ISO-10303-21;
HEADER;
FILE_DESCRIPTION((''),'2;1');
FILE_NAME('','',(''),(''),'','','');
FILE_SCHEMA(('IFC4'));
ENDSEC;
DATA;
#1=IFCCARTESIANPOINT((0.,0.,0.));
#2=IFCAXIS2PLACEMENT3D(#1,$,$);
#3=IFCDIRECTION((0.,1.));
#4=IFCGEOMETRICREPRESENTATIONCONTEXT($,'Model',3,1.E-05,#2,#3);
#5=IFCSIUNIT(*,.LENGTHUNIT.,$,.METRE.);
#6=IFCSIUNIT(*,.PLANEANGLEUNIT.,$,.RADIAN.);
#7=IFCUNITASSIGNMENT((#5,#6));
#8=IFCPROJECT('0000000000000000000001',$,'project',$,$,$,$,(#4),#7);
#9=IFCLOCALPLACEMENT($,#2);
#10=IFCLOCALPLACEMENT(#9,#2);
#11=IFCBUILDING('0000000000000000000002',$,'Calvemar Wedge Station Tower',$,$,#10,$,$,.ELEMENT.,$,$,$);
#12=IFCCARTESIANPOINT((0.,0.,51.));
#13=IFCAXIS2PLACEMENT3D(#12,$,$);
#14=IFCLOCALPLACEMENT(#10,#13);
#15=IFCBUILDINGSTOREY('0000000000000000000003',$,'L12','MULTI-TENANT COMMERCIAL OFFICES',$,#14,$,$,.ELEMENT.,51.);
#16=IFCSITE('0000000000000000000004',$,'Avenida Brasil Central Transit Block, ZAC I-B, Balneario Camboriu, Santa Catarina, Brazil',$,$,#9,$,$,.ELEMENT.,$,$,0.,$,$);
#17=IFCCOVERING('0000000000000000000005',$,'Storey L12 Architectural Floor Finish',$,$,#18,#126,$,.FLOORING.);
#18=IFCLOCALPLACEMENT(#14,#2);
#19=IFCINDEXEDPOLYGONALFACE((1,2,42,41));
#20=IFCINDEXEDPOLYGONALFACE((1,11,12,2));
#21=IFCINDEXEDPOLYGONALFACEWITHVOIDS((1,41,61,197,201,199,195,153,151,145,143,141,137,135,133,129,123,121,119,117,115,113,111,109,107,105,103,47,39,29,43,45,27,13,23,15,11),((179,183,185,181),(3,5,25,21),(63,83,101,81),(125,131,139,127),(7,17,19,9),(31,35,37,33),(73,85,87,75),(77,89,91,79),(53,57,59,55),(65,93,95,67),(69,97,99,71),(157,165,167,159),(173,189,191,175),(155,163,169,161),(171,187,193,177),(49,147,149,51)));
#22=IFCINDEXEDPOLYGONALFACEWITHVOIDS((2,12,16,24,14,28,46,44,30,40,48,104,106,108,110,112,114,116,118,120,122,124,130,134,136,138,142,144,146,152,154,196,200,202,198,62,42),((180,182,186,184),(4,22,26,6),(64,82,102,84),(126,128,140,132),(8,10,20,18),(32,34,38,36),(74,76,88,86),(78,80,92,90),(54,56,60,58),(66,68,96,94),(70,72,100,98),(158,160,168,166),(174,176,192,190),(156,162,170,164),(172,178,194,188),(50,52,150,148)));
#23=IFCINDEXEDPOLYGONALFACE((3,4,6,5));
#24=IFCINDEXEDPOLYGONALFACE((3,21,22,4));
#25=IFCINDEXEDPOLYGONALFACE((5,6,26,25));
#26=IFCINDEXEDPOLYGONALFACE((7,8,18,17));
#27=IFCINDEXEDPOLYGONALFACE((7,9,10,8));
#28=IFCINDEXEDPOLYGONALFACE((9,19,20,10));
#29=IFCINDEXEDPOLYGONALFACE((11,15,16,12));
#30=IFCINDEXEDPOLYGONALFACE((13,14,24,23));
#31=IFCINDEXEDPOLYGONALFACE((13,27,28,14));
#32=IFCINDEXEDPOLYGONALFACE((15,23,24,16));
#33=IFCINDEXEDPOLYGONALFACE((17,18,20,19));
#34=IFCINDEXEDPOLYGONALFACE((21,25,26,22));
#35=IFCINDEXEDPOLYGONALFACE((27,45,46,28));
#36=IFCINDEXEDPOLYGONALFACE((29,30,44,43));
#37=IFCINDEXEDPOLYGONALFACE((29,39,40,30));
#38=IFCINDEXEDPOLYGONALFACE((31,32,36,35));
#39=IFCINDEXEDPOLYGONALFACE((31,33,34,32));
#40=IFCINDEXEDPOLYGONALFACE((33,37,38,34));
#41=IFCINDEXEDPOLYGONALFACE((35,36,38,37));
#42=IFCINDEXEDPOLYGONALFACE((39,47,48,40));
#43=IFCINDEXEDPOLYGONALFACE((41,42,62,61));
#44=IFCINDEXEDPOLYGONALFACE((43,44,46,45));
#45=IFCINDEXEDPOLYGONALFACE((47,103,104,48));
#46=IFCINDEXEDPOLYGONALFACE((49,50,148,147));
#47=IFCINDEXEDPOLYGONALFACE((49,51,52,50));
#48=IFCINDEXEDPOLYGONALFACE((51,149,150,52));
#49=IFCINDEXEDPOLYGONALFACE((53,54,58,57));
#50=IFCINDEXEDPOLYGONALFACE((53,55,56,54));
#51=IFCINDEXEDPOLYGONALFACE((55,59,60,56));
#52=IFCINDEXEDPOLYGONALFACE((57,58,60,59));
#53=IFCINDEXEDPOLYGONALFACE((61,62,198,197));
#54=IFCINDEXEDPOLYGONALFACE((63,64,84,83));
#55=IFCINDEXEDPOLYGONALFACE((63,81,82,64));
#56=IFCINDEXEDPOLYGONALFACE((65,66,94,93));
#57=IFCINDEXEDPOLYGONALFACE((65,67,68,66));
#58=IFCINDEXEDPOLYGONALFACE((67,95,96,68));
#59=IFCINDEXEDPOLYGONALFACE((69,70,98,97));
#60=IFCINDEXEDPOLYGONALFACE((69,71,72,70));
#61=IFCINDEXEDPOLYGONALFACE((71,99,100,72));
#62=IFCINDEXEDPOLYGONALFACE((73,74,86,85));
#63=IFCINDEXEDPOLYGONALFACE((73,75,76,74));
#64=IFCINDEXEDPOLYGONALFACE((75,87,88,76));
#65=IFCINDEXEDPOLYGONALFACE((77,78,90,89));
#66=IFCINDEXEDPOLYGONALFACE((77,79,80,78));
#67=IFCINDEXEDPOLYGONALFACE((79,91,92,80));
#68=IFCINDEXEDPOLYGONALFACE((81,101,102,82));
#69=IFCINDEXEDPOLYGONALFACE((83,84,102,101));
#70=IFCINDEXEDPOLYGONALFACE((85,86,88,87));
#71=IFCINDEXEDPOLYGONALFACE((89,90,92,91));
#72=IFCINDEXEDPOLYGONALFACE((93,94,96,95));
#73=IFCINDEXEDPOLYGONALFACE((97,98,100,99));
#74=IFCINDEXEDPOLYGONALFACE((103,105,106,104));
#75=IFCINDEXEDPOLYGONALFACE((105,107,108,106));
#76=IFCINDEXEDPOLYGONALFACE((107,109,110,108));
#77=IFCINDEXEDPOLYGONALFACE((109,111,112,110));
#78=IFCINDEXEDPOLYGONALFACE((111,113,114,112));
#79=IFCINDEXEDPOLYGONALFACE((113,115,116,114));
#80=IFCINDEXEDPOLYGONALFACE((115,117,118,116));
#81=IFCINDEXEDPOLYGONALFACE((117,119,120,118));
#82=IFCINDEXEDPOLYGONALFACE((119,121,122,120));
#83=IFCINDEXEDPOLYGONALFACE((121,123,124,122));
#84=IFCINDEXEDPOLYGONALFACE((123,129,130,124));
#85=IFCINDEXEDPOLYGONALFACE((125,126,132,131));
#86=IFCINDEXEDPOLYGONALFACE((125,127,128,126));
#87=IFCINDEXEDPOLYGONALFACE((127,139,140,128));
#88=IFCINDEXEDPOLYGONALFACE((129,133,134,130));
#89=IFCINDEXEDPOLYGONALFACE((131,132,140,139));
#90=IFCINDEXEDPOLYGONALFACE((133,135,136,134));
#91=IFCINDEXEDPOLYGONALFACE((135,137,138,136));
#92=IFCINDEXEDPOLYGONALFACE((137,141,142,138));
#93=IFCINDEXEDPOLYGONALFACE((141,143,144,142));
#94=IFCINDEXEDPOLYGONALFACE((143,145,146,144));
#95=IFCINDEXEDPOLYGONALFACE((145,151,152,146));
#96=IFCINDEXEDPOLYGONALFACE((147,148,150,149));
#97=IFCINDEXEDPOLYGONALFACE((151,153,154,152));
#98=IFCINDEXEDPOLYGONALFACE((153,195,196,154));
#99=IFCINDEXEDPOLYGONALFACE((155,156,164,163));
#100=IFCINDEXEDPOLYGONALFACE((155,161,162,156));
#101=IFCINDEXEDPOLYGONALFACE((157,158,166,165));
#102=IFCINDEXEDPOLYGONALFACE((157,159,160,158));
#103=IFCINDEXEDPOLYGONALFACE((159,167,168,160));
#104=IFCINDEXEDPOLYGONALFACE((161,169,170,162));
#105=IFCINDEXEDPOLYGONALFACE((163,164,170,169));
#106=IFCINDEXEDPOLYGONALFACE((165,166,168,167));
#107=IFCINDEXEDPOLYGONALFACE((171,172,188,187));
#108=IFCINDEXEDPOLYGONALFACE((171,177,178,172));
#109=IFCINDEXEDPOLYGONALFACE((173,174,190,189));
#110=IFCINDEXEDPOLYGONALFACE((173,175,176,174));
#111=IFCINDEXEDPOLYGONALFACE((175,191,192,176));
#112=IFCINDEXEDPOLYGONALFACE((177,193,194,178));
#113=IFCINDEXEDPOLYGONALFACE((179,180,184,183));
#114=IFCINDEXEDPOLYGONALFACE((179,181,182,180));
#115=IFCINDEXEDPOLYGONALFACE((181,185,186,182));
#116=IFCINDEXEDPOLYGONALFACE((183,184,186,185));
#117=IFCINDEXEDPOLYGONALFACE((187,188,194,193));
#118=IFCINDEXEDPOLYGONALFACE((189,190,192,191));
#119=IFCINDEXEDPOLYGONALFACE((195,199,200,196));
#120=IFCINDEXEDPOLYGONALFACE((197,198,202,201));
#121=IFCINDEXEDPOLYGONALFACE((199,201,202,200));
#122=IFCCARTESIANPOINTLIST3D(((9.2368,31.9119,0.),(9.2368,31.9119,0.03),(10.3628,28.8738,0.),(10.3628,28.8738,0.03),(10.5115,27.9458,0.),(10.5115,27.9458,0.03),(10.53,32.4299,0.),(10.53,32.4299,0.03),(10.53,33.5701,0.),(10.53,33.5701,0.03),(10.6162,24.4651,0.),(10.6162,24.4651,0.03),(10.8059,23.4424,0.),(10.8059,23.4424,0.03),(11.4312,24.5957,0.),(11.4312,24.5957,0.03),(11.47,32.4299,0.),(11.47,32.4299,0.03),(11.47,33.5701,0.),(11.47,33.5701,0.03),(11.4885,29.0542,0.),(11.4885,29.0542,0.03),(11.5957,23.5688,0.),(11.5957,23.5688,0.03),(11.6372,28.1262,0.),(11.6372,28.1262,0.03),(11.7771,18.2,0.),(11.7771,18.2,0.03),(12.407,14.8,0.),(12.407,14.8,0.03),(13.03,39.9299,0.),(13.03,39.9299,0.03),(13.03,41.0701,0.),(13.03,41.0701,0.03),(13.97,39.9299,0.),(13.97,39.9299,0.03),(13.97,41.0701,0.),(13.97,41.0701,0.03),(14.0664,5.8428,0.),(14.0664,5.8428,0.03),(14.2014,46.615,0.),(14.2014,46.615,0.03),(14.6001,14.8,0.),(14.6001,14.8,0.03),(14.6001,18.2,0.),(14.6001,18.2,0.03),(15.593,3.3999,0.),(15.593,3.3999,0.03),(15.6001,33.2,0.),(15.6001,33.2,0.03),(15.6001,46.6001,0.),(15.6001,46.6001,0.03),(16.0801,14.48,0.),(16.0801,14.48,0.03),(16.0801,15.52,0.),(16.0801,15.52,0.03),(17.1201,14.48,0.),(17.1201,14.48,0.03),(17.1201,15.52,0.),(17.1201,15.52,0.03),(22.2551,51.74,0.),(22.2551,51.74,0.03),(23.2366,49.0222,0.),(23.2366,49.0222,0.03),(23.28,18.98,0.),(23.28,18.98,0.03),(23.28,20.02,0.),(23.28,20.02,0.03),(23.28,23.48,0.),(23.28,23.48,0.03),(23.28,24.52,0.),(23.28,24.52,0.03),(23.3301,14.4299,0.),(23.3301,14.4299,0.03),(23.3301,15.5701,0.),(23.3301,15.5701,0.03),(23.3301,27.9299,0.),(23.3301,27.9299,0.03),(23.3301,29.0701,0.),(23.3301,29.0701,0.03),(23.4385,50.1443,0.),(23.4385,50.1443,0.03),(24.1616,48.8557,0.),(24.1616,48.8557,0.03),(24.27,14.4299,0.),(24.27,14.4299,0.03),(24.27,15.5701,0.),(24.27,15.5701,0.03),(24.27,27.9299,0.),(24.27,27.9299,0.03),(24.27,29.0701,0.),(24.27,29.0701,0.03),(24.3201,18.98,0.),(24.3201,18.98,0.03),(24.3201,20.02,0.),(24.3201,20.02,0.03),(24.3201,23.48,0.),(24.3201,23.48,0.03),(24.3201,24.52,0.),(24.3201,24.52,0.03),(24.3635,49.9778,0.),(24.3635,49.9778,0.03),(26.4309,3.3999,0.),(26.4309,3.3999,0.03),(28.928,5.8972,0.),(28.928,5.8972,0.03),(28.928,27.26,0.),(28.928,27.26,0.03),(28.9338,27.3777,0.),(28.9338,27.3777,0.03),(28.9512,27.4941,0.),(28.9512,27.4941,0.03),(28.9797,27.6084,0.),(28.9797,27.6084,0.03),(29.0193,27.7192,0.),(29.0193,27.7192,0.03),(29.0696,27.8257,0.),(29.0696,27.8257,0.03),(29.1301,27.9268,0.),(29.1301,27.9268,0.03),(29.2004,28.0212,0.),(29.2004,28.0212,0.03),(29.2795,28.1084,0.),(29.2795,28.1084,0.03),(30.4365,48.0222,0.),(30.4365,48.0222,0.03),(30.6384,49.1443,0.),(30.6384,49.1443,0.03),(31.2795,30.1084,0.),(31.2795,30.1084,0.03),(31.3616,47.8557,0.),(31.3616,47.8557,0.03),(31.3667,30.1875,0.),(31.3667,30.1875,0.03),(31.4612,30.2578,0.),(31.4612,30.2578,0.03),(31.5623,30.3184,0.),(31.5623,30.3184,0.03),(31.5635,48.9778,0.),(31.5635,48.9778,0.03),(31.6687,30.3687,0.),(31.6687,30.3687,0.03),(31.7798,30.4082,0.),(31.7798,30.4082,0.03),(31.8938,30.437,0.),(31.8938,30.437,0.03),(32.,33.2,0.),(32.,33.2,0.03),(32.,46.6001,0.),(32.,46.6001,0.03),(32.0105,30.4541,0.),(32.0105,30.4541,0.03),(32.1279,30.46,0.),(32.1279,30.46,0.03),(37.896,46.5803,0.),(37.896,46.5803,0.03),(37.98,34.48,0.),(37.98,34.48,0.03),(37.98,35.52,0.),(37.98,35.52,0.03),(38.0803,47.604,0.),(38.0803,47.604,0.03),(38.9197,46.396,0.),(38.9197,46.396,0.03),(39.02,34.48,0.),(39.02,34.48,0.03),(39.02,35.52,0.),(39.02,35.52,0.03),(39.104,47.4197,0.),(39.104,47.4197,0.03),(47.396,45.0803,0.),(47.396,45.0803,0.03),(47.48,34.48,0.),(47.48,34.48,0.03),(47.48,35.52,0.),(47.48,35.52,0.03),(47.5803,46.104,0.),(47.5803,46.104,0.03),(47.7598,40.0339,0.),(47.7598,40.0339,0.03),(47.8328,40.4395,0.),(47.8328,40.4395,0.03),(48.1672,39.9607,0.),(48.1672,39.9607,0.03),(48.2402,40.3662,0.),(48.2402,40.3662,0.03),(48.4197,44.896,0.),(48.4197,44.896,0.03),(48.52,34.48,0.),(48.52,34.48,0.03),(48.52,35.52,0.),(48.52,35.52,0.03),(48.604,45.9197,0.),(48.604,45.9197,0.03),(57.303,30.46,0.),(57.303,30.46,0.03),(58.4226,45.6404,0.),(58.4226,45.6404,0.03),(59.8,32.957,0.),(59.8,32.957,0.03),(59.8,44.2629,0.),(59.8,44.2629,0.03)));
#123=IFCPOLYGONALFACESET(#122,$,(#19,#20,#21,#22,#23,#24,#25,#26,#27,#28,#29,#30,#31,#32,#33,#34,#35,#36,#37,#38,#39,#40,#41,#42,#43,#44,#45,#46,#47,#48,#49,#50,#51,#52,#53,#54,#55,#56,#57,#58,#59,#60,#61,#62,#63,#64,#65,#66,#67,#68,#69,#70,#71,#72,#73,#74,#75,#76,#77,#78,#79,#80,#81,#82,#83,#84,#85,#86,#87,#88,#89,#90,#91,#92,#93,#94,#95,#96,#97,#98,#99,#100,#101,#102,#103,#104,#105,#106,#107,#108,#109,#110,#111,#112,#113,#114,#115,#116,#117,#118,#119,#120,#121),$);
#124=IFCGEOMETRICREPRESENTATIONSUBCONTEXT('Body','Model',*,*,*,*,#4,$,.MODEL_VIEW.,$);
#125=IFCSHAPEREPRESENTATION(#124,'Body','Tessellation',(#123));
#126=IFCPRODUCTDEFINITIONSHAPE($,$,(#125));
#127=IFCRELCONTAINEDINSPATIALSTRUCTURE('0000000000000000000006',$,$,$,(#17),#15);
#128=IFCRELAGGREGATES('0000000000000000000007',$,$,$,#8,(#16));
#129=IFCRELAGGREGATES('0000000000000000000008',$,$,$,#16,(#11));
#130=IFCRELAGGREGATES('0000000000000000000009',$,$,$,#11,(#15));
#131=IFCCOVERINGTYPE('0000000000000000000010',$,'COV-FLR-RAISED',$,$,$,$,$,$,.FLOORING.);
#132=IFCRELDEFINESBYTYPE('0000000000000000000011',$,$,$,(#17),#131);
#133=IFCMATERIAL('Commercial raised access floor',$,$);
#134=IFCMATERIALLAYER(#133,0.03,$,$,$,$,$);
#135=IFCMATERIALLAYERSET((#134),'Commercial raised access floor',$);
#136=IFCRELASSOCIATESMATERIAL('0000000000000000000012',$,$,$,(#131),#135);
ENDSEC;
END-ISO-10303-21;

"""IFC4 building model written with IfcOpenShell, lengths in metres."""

from ifc_helpers import new_model, si_unit, direction, frame, origin, place, context, subcontext, project, spatial, polyline, outline, extrude, material, layer, layer_set, type_object, element, save


model = new_model("IFC4")

# Units and contexts
model_context = context("Model", 3, precision=1e-05, world=origin(), true_north=direction((0.0, 1.0)))
body_context = subcontext(model_context, "Body", "Model", "MODEL_VIEW")
ifc_project = project(units=[si_unit("LENGTHUNIT", "METRE"), si_unit("PLANEANGLEUNIT", "RADIAN")], contexts=[model_context])

# Site, building, storey
site_placement = place(None, origin())
site = spatial("IfcSite", under=ifc_project, at=site_placement, Name="Avenida Brasil Central Transit Block, ZAC I-B, Balneario Camboriu, Santa Catarina, Brazil", CompositionType="ELEMENT", RefElevation=0.0)
building_placement = place(site_placement, origin())
building = spatial("IfcBuilding", under=site, at=building_placement, Name="Calvemar Wedge Station Tower", CompositionType="ELEMENT")
storey_placement = place(building_placement, frame((0.0, 0.0, 51.0)))
storey = spatial("IfcBuildingStorey", under=building, at=storey_placement, Name="L12", Description="MULTI-TENANT COMMERCIAL OFFICES", CompositionType="ELEMENT", Elevation=51.0)

# Covering
ifc_material_1 = material(Name="Commercial raised access floor")
ifc_layer_1 = layer(ifc_material_1, 0.03)
ifc_layer_set_1 = layer_set([ifc_layer_1], Name="Commercial raised access floor")
covering_type_1 = type_object("IfcCoveringType", Name="COV-FLR-RAISED", PredefinedType="FLOORING", material=ifc_layer_set_1)
covering_1_placement = place(storey_placement, origin())
element("IfcCovering", 1, at=covering_1_placement, inside=storey, type_object=covering_type_1, Name="Storey L12 Architectural Floor Finish", PredefinedType="FLOORING", context=body_context, shape_type="SweptSolid", body=[
    extrude(outline(polyline([(29.2795, 28.1084), (31.2795, 30.1084), (31.3667, 30.1875), (31.4612, 30.2578), (31.5623, 30.3184), (31.6687, 30.3687), (31.7798, 30.4082), (31.8938, 30.437), (32.0105, 30.4541), (32.1279, 30.46), (57.303, 30.46), (59.8, 32.957), (59.8, 44.2629), (58.4226, 45.6404), (22.2551, 51.74), (14.2014, 46.615), (9.2368, 31.9119), (10.6162, 24.4651), (11.4312, 24.5957), (11.5957, 23.5688), (10.8059, 23.4424), (11.7771, 18.2), (14.6001, 18.2), (14.6001, 14.8), (12.407, 14.8), (14.0664, 5.8428), (15.593, 3.3999), (26.4309, 3.3999), (28.928, 5.8972), (28.928, 27.26), (28.9338, 27.3777), (28.9512, 27.4941), (28.9797, 27.6084), (29.0193, 27.7192), (29.0696, 27.8257), (29.1301, 27.9268), (29.2004, 28.0212), (29.2795, 28.1084)]), holes=[polyline([(15.6001, 46.6001), (32.0, 46.6001), (32.0, 33.2), (15.6001, 33.2), (15.6001, 46.6001)]), polyline([(10.53, 32.4299), (10.53, 33.5701), (11.47, 33.5701), (11.47, 32.4299), (10.53, 32.4299)]), polyline([(13.03, 41.0701), (13.97, 41.0701), (13.97, 39.9299), (13.03, 39.9299), (13.03, 41.0701)]), polyline([(24.3635, 49.9778), (24.1616, 48.8557), (23.2366, 49.0222), (23.4385, 50.1443), (24.3635, 49.9778)]), polyline([(31.3616, 47.8557), (30.4365, 48.0222), (30.6384, 49.1443), (31.5635, 48.9778), (31.3616, 47.8557)]), polyline([(37.896, 46.5803), (38.0803, 47.604), (39.104, 47.4197), (38.9197, 46.396), (37.896, 46.5803)]), polyline([(47.5803, 46.104), (48.604, 45.9197), (48.4197, 44.896), (47.396, 45.0803), (47.5803, 46.104)]), polyline([(39.02, 35.52), (39.02, 34.48), (37.98, 34.48), (37.98, 35.52), (39.02, 35.52)]), polyline([(48.52, 34.48), (47.48, 34.48), (47.48, 35.52), (48.52, 35.52), (48.52, 34.48)]), polyline([(47.7598, 40.0339), (47.8328, 40.4395), (48.2402, 40.3662), (48.1672, 39.9607), (47.7598, 40.0339)]), polyline([(11.4885, 29.0542), (11.6372, 28.1262), (10.5115, 27.9458), (10.3628, 28.8738), (11.4885, 29.0542)]), polyline([(24.27, 27.9299), (23.3301, 27.9299), (23.3301, 29.0701), (24.27, 29.0701), (24.27, 27.9299)]), polyline([(23.28, 23.48), (23.28, 24.52), (24.3201, 24.52), (24.3201, 23.48), (23.28, 23.48)]), polyline([(23.28, 20.02), (24.3201, 20.02), (24.3201, 18.98), (23.28, 18.98), (23.28, 20.02)]), polyline([(24.27, 15.5701), (24.27, 14.4299), (23.3301, 14.4299), (23.3301, 15.5701), (24.27, 15.5701)]), polyline([(17.1201, 14.48), (16.0801, 14.48), (16.0801, 15.52), (17.1201, 15.52), (17.1201, 14.48)])]), origin(), (0.0, 0.0, 1.0), 0.03),
])

save(model, "model.ifc")
